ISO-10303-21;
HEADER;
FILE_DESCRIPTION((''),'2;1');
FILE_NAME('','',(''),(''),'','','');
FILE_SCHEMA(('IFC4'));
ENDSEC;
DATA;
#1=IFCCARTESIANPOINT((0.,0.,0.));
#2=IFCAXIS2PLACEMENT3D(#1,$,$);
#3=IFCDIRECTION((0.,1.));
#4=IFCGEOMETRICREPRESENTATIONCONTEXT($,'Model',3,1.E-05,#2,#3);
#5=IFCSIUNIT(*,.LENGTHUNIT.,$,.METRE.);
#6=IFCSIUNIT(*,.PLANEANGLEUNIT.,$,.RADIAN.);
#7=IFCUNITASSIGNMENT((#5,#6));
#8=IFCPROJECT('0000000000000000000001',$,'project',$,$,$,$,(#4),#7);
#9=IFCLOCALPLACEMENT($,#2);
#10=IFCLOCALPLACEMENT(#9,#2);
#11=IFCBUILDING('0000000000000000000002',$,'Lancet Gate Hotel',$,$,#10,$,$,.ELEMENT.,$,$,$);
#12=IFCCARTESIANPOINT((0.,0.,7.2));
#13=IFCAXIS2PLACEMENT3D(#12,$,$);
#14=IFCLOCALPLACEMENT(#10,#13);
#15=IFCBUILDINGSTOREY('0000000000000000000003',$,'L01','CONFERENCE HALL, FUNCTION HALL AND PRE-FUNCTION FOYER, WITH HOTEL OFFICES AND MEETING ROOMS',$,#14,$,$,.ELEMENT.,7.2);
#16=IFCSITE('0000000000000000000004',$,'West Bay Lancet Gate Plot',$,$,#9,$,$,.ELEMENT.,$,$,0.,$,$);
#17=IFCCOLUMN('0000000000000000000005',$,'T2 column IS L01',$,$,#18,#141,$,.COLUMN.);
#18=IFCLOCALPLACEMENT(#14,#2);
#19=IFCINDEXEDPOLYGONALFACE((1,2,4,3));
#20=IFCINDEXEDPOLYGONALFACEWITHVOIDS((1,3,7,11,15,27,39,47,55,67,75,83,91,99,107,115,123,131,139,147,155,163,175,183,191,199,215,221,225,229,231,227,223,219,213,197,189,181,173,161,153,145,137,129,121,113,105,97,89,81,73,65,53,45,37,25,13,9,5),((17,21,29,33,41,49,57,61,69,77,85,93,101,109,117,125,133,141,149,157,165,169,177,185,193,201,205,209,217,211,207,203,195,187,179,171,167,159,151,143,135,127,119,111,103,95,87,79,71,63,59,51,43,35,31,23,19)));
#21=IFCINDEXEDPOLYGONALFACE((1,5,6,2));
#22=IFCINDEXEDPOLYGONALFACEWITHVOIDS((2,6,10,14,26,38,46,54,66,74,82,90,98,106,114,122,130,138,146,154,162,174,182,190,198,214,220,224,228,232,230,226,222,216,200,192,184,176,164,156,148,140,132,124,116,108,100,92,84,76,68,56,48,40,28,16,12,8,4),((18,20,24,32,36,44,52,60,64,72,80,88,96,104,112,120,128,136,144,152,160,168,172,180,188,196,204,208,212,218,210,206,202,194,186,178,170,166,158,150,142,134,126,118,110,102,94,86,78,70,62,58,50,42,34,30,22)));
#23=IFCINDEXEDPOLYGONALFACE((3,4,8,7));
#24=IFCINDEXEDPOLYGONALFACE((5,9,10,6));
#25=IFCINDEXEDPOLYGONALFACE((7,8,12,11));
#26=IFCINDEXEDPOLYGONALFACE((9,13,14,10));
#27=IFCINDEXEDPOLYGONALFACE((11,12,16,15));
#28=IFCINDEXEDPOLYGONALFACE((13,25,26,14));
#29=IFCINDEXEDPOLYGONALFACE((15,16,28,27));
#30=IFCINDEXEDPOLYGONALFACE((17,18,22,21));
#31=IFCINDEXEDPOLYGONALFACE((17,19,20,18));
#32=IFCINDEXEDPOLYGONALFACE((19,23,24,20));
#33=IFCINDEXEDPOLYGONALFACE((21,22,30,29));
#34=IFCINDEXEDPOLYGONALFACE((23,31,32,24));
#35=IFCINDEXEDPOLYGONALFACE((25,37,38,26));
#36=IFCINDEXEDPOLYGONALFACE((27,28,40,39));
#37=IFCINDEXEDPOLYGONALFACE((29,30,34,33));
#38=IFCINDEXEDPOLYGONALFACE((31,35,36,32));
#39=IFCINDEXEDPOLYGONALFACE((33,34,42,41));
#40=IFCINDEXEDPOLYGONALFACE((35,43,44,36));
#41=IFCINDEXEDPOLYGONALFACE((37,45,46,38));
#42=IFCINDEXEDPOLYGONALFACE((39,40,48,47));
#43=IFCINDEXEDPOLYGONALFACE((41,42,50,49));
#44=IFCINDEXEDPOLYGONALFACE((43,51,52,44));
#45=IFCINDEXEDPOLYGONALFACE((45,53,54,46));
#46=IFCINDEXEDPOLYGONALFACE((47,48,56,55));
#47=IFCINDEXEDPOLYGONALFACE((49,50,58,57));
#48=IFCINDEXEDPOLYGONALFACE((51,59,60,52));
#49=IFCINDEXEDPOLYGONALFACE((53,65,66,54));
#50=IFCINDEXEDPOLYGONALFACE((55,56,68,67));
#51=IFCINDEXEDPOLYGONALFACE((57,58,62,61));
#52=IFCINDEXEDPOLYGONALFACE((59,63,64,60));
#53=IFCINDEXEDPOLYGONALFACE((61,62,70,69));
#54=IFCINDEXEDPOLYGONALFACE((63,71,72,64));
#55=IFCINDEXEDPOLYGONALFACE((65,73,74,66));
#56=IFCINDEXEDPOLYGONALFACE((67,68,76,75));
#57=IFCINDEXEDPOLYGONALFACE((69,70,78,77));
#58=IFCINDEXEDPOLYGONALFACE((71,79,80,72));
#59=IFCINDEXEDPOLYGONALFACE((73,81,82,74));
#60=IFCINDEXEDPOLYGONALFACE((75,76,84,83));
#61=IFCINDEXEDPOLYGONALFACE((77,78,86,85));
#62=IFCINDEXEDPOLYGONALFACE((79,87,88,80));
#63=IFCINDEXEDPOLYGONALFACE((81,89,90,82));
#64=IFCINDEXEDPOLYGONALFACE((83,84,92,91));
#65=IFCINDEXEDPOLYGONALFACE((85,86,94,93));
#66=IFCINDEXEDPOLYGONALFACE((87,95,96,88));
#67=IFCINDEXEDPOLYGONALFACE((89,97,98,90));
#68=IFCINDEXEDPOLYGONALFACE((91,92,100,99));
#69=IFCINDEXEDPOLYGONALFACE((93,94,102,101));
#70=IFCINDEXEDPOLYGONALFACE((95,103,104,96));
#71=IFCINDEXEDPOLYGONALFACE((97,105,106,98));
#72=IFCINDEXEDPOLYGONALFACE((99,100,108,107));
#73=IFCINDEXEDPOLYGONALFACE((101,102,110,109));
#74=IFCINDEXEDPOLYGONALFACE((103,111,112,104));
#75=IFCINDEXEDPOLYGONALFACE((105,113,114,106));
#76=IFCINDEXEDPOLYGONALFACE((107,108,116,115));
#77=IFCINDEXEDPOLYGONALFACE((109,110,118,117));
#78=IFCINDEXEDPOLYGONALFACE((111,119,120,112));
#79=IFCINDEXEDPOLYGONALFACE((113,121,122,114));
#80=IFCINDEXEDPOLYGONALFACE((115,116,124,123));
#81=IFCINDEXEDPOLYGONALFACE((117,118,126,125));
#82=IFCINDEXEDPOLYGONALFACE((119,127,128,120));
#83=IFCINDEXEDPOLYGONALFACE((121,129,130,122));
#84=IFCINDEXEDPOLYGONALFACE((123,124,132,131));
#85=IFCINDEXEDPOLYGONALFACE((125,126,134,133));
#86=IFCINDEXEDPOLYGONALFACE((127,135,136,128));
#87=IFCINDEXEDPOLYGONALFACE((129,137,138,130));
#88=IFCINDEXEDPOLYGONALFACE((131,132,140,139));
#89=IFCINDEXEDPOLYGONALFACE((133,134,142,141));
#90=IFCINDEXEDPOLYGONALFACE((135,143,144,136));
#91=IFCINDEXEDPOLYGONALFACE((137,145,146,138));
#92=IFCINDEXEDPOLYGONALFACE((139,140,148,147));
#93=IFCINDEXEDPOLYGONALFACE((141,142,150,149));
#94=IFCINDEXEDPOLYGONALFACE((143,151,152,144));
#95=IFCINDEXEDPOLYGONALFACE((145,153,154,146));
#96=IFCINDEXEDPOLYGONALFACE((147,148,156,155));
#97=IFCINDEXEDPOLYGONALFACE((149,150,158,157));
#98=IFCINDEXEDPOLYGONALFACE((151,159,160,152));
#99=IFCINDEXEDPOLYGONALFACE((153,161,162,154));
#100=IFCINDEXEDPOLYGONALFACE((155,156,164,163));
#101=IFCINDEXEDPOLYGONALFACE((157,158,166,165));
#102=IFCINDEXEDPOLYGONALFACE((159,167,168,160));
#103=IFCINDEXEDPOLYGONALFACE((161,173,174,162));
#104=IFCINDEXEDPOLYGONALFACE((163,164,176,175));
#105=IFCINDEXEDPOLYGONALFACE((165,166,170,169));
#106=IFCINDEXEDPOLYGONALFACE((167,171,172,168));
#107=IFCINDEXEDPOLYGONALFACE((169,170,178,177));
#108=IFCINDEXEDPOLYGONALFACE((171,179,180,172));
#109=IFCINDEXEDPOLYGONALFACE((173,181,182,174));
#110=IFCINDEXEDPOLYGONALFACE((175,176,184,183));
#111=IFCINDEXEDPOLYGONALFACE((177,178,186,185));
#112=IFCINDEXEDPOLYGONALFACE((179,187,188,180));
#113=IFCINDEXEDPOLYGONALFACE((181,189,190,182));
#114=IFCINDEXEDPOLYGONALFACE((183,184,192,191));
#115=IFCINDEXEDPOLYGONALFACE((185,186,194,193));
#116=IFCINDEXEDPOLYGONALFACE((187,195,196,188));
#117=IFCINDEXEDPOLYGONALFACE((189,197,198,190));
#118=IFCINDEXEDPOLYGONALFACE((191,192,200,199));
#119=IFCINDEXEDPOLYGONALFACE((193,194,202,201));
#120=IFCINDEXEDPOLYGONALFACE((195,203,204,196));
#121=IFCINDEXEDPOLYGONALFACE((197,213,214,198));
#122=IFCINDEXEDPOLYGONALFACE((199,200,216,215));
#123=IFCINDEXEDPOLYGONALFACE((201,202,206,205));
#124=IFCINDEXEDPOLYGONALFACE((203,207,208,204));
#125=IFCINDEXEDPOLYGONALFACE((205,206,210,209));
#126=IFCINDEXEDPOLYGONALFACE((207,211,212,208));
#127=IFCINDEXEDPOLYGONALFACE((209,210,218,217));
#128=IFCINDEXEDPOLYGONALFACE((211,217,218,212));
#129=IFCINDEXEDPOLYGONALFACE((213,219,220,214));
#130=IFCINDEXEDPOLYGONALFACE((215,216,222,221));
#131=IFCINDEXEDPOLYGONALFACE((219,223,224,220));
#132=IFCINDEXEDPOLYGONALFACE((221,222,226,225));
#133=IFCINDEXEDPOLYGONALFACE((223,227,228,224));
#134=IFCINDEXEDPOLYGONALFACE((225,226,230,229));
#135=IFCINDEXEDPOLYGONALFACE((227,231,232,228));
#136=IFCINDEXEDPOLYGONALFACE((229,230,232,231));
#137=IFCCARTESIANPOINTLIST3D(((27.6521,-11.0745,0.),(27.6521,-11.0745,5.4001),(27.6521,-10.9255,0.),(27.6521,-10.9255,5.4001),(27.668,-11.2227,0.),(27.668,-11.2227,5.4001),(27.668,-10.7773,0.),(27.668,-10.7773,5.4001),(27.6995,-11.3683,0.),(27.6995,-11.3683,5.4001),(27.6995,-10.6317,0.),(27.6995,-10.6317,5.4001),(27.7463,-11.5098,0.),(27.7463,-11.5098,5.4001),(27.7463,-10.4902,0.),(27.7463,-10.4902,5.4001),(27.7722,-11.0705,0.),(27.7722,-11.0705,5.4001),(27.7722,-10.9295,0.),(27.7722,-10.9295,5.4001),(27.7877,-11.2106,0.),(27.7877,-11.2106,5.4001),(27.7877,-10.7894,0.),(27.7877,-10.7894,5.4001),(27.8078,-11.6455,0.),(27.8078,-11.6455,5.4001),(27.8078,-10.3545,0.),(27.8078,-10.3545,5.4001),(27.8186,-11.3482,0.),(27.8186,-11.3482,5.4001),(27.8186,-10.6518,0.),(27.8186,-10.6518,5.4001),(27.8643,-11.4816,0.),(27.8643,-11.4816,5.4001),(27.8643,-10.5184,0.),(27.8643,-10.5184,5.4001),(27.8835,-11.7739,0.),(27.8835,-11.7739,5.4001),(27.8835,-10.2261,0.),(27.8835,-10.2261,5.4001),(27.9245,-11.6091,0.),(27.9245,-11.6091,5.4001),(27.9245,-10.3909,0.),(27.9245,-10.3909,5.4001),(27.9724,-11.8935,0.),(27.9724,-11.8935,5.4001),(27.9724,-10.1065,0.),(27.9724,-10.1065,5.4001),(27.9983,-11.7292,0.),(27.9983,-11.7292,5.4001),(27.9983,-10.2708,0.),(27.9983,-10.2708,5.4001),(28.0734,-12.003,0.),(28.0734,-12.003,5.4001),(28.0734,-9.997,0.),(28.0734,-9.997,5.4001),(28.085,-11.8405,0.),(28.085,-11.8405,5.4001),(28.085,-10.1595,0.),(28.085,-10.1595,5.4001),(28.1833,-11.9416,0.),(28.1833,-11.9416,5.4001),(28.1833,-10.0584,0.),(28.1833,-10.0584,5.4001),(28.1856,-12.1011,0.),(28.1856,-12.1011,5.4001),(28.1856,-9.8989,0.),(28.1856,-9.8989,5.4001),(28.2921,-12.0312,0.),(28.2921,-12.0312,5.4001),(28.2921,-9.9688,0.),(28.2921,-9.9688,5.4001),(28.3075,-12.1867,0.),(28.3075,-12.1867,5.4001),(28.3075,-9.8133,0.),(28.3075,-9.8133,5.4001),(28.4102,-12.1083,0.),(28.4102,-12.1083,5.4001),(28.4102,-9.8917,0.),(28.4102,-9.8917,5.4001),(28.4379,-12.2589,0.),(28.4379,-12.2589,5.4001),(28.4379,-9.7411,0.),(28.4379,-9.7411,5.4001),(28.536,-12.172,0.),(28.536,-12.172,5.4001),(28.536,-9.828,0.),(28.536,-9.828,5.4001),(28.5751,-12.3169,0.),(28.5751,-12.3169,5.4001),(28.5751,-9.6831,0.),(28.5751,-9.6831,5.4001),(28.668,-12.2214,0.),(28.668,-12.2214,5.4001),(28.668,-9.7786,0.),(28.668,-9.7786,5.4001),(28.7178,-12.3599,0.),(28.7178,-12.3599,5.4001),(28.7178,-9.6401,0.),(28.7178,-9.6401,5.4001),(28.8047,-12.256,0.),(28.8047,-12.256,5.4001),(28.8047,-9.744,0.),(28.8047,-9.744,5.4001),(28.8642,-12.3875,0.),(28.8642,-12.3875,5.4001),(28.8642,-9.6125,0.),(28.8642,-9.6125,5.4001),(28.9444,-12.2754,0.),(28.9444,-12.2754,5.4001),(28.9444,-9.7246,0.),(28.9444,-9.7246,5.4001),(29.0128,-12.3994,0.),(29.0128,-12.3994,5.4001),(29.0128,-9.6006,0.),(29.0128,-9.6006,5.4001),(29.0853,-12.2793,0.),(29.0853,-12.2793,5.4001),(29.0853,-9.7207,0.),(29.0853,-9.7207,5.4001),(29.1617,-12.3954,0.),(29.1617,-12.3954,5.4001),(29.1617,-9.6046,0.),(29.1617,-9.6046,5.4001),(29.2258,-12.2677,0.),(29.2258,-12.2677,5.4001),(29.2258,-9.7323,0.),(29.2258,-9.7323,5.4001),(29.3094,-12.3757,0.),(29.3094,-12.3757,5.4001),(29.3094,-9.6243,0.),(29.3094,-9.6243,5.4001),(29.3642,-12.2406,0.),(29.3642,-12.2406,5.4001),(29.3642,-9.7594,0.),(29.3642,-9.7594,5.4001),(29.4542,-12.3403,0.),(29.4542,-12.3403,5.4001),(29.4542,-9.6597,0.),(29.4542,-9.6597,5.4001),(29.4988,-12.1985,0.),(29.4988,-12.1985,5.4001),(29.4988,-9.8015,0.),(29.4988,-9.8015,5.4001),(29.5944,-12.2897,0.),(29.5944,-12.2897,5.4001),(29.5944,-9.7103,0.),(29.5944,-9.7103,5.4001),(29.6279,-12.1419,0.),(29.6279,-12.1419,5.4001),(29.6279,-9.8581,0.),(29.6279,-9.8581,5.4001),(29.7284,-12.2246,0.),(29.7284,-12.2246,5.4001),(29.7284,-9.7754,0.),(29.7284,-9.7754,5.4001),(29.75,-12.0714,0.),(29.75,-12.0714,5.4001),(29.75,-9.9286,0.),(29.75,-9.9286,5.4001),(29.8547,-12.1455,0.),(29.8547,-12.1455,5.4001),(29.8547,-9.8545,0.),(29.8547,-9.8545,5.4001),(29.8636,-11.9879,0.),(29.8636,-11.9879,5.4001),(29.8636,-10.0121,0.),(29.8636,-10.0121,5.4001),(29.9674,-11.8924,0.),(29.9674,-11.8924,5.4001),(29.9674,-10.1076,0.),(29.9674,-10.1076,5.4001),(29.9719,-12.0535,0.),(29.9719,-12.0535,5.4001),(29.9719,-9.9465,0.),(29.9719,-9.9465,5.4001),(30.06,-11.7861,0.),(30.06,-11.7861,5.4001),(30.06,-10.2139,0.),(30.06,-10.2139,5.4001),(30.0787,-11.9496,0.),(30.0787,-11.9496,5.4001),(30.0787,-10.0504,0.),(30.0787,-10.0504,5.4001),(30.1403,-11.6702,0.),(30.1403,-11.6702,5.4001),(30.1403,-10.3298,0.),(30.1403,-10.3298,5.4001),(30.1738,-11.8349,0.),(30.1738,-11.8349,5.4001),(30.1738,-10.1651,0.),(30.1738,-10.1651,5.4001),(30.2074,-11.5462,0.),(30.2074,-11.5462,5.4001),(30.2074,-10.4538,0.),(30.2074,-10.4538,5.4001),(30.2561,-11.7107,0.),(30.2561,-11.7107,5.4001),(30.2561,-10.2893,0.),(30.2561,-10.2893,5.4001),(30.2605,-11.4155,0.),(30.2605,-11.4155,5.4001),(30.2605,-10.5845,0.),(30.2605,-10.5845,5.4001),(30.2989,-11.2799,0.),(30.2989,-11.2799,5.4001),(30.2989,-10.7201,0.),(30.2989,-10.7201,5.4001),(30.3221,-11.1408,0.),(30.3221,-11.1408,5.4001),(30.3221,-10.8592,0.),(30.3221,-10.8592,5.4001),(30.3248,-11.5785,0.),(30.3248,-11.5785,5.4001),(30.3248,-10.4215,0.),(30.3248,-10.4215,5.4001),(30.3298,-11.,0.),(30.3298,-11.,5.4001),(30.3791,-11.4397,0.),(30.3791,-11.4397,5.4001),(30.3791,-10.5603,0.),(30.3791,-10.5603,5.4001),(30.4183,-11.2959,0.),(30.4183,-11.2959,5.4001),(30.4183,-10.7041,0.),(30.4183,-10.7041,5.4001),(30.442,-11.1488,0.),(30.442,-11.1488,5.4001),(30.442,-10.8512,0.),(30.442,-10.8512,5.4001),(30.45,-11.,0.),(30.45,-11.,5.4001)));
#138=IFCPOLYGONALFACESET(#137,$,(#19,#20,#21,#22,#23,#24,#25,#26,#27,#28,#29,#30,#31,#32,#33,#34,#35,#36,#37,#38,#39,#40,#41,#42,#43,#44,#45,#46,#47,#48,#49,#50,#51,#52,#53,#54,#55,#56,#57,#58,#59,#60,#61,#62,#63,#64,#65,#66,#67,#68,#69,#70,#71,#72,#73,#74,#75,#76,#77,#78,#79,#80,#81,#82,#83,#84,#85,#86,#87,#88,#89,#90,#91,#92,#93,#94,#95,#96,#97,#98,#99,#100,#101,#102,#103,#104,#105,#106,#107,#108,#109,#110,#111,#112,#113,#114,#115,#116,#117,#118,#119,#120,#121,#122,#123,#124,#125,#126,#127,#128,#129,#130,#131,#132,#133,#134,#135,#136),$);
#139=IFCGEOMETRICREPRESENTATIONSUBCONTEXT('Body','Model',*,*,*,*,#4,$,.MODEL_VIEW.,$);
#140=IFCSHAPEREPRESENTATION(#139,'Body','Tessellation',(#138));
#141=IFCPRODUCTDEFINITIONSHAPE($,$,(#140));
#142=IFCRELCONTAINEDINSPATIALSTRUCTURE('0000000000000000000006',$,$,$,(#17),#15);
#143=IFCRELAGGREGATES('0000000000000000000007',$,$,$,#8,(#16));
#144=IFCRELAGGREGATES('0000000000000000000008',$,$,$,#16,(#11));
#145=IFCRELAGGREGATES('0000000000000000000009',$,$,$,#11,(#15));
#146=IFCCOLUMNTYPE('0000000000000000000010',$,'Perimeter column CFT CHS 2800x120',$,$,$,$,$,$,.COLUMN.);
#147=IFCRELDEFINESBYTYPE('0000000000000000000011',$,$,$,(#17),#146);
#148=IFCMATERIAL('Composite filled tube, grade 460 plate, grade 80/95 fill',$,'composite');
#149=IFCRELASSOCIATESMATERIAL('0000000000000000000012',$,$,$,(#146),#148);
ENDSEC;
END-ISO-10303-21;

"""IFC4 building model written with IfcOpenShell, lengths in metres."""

from ifc_helpers import new_model, si_unit, direction, frame, origin, origin_2d, place, context, subcontext, project, spatial, hollow_circle, extrude, material, material_profile, profile_set, type_object, element, save


model = new_model("IFC4")

# Units and contexts
model_context = context("Model", 3, precision=1e-05, world=origin(), true_north=direction((0.0, 1.0)))
body_context = subcontext(model_context, "Body", "Model", "MODEL_VIEW")
ifc_project = project(units=[si_unit("LENGTHUNIT", "METRE"), si_unit("PLANEANGLEUNIT", "RADIAN")], contexts=[model_context])

# Site, building, storey
site_placement = place(None, origin())
site = spatial("IfcSite", under=ifc_project, at=site_placement, Name="West Bay Lancet Gate Plot", CompositionType="ELEMENT", RefElevation=0.0)
building_placement = place(site_placement, origin())
building = spatial("IfcBuilding", under=site, at=building_placement, Name="Lancet Gate Hotel", CompositionType="ELEMENT")
storey_placement = place(building_placement, frame((0.0, 0.0, 7.2)))
storey = spatial("IfcBuildingStorey", under=building, at=storey_placement, Name="L01", Description="CONFERENCE HALL, FUNCTION HALL AND PRE-FUNCTION FOYER, WITH HOTEL OFFICES AND MEETING ROOMS", CompositionType="ELEMENT", Elevation=7.2)

# Column
ifc_material_1 = material(Name="Composite filled tube, grade 460 plate, grade 80/95 fill", Category="composite")
ifc_material_profile_1 = material_profile(ifc_material_1, hollow_circle(Radius=1.3999, WallThickness=0.1201, at=origin_2d()), Name="CHS 2800x120")
ifc_profile_set_1 = profile_set([ifc_material_profile_1], Name="Composite filled tube, grade 460 plate, grade 80/95 fill")
column_type_1 = type_object("IfcColumnType", Name="Perimeter column CFT CHS 2800x120", PredefinedType="COLUMN", material=ifc_profile_set_1)
for number, where, z_axis, x_axis, name in (
    (1, (29.05, -11.0, 0.0), (0.0, 0.0, 1.0), (1.0, 0.0, 0.0), "T2 column IS L01"),
):
    element("IfcColumn", number, at=place(storey_placement, frame(where, z_axis=z_axis, x_axis=x_axis)), inside=storey, type_object=column_type_1, Name=name, PredefinedType="COLUMN", context=body_context, shape_type="SweptSolid", body=[
        extrude(hollow_circle(Radius=1.3999, WallThickness=0.1201, at=origin_2d()), origin(), (0.0, 0.0, 1.0), 5.4001),
    ])

save(model, "model.ifc")
